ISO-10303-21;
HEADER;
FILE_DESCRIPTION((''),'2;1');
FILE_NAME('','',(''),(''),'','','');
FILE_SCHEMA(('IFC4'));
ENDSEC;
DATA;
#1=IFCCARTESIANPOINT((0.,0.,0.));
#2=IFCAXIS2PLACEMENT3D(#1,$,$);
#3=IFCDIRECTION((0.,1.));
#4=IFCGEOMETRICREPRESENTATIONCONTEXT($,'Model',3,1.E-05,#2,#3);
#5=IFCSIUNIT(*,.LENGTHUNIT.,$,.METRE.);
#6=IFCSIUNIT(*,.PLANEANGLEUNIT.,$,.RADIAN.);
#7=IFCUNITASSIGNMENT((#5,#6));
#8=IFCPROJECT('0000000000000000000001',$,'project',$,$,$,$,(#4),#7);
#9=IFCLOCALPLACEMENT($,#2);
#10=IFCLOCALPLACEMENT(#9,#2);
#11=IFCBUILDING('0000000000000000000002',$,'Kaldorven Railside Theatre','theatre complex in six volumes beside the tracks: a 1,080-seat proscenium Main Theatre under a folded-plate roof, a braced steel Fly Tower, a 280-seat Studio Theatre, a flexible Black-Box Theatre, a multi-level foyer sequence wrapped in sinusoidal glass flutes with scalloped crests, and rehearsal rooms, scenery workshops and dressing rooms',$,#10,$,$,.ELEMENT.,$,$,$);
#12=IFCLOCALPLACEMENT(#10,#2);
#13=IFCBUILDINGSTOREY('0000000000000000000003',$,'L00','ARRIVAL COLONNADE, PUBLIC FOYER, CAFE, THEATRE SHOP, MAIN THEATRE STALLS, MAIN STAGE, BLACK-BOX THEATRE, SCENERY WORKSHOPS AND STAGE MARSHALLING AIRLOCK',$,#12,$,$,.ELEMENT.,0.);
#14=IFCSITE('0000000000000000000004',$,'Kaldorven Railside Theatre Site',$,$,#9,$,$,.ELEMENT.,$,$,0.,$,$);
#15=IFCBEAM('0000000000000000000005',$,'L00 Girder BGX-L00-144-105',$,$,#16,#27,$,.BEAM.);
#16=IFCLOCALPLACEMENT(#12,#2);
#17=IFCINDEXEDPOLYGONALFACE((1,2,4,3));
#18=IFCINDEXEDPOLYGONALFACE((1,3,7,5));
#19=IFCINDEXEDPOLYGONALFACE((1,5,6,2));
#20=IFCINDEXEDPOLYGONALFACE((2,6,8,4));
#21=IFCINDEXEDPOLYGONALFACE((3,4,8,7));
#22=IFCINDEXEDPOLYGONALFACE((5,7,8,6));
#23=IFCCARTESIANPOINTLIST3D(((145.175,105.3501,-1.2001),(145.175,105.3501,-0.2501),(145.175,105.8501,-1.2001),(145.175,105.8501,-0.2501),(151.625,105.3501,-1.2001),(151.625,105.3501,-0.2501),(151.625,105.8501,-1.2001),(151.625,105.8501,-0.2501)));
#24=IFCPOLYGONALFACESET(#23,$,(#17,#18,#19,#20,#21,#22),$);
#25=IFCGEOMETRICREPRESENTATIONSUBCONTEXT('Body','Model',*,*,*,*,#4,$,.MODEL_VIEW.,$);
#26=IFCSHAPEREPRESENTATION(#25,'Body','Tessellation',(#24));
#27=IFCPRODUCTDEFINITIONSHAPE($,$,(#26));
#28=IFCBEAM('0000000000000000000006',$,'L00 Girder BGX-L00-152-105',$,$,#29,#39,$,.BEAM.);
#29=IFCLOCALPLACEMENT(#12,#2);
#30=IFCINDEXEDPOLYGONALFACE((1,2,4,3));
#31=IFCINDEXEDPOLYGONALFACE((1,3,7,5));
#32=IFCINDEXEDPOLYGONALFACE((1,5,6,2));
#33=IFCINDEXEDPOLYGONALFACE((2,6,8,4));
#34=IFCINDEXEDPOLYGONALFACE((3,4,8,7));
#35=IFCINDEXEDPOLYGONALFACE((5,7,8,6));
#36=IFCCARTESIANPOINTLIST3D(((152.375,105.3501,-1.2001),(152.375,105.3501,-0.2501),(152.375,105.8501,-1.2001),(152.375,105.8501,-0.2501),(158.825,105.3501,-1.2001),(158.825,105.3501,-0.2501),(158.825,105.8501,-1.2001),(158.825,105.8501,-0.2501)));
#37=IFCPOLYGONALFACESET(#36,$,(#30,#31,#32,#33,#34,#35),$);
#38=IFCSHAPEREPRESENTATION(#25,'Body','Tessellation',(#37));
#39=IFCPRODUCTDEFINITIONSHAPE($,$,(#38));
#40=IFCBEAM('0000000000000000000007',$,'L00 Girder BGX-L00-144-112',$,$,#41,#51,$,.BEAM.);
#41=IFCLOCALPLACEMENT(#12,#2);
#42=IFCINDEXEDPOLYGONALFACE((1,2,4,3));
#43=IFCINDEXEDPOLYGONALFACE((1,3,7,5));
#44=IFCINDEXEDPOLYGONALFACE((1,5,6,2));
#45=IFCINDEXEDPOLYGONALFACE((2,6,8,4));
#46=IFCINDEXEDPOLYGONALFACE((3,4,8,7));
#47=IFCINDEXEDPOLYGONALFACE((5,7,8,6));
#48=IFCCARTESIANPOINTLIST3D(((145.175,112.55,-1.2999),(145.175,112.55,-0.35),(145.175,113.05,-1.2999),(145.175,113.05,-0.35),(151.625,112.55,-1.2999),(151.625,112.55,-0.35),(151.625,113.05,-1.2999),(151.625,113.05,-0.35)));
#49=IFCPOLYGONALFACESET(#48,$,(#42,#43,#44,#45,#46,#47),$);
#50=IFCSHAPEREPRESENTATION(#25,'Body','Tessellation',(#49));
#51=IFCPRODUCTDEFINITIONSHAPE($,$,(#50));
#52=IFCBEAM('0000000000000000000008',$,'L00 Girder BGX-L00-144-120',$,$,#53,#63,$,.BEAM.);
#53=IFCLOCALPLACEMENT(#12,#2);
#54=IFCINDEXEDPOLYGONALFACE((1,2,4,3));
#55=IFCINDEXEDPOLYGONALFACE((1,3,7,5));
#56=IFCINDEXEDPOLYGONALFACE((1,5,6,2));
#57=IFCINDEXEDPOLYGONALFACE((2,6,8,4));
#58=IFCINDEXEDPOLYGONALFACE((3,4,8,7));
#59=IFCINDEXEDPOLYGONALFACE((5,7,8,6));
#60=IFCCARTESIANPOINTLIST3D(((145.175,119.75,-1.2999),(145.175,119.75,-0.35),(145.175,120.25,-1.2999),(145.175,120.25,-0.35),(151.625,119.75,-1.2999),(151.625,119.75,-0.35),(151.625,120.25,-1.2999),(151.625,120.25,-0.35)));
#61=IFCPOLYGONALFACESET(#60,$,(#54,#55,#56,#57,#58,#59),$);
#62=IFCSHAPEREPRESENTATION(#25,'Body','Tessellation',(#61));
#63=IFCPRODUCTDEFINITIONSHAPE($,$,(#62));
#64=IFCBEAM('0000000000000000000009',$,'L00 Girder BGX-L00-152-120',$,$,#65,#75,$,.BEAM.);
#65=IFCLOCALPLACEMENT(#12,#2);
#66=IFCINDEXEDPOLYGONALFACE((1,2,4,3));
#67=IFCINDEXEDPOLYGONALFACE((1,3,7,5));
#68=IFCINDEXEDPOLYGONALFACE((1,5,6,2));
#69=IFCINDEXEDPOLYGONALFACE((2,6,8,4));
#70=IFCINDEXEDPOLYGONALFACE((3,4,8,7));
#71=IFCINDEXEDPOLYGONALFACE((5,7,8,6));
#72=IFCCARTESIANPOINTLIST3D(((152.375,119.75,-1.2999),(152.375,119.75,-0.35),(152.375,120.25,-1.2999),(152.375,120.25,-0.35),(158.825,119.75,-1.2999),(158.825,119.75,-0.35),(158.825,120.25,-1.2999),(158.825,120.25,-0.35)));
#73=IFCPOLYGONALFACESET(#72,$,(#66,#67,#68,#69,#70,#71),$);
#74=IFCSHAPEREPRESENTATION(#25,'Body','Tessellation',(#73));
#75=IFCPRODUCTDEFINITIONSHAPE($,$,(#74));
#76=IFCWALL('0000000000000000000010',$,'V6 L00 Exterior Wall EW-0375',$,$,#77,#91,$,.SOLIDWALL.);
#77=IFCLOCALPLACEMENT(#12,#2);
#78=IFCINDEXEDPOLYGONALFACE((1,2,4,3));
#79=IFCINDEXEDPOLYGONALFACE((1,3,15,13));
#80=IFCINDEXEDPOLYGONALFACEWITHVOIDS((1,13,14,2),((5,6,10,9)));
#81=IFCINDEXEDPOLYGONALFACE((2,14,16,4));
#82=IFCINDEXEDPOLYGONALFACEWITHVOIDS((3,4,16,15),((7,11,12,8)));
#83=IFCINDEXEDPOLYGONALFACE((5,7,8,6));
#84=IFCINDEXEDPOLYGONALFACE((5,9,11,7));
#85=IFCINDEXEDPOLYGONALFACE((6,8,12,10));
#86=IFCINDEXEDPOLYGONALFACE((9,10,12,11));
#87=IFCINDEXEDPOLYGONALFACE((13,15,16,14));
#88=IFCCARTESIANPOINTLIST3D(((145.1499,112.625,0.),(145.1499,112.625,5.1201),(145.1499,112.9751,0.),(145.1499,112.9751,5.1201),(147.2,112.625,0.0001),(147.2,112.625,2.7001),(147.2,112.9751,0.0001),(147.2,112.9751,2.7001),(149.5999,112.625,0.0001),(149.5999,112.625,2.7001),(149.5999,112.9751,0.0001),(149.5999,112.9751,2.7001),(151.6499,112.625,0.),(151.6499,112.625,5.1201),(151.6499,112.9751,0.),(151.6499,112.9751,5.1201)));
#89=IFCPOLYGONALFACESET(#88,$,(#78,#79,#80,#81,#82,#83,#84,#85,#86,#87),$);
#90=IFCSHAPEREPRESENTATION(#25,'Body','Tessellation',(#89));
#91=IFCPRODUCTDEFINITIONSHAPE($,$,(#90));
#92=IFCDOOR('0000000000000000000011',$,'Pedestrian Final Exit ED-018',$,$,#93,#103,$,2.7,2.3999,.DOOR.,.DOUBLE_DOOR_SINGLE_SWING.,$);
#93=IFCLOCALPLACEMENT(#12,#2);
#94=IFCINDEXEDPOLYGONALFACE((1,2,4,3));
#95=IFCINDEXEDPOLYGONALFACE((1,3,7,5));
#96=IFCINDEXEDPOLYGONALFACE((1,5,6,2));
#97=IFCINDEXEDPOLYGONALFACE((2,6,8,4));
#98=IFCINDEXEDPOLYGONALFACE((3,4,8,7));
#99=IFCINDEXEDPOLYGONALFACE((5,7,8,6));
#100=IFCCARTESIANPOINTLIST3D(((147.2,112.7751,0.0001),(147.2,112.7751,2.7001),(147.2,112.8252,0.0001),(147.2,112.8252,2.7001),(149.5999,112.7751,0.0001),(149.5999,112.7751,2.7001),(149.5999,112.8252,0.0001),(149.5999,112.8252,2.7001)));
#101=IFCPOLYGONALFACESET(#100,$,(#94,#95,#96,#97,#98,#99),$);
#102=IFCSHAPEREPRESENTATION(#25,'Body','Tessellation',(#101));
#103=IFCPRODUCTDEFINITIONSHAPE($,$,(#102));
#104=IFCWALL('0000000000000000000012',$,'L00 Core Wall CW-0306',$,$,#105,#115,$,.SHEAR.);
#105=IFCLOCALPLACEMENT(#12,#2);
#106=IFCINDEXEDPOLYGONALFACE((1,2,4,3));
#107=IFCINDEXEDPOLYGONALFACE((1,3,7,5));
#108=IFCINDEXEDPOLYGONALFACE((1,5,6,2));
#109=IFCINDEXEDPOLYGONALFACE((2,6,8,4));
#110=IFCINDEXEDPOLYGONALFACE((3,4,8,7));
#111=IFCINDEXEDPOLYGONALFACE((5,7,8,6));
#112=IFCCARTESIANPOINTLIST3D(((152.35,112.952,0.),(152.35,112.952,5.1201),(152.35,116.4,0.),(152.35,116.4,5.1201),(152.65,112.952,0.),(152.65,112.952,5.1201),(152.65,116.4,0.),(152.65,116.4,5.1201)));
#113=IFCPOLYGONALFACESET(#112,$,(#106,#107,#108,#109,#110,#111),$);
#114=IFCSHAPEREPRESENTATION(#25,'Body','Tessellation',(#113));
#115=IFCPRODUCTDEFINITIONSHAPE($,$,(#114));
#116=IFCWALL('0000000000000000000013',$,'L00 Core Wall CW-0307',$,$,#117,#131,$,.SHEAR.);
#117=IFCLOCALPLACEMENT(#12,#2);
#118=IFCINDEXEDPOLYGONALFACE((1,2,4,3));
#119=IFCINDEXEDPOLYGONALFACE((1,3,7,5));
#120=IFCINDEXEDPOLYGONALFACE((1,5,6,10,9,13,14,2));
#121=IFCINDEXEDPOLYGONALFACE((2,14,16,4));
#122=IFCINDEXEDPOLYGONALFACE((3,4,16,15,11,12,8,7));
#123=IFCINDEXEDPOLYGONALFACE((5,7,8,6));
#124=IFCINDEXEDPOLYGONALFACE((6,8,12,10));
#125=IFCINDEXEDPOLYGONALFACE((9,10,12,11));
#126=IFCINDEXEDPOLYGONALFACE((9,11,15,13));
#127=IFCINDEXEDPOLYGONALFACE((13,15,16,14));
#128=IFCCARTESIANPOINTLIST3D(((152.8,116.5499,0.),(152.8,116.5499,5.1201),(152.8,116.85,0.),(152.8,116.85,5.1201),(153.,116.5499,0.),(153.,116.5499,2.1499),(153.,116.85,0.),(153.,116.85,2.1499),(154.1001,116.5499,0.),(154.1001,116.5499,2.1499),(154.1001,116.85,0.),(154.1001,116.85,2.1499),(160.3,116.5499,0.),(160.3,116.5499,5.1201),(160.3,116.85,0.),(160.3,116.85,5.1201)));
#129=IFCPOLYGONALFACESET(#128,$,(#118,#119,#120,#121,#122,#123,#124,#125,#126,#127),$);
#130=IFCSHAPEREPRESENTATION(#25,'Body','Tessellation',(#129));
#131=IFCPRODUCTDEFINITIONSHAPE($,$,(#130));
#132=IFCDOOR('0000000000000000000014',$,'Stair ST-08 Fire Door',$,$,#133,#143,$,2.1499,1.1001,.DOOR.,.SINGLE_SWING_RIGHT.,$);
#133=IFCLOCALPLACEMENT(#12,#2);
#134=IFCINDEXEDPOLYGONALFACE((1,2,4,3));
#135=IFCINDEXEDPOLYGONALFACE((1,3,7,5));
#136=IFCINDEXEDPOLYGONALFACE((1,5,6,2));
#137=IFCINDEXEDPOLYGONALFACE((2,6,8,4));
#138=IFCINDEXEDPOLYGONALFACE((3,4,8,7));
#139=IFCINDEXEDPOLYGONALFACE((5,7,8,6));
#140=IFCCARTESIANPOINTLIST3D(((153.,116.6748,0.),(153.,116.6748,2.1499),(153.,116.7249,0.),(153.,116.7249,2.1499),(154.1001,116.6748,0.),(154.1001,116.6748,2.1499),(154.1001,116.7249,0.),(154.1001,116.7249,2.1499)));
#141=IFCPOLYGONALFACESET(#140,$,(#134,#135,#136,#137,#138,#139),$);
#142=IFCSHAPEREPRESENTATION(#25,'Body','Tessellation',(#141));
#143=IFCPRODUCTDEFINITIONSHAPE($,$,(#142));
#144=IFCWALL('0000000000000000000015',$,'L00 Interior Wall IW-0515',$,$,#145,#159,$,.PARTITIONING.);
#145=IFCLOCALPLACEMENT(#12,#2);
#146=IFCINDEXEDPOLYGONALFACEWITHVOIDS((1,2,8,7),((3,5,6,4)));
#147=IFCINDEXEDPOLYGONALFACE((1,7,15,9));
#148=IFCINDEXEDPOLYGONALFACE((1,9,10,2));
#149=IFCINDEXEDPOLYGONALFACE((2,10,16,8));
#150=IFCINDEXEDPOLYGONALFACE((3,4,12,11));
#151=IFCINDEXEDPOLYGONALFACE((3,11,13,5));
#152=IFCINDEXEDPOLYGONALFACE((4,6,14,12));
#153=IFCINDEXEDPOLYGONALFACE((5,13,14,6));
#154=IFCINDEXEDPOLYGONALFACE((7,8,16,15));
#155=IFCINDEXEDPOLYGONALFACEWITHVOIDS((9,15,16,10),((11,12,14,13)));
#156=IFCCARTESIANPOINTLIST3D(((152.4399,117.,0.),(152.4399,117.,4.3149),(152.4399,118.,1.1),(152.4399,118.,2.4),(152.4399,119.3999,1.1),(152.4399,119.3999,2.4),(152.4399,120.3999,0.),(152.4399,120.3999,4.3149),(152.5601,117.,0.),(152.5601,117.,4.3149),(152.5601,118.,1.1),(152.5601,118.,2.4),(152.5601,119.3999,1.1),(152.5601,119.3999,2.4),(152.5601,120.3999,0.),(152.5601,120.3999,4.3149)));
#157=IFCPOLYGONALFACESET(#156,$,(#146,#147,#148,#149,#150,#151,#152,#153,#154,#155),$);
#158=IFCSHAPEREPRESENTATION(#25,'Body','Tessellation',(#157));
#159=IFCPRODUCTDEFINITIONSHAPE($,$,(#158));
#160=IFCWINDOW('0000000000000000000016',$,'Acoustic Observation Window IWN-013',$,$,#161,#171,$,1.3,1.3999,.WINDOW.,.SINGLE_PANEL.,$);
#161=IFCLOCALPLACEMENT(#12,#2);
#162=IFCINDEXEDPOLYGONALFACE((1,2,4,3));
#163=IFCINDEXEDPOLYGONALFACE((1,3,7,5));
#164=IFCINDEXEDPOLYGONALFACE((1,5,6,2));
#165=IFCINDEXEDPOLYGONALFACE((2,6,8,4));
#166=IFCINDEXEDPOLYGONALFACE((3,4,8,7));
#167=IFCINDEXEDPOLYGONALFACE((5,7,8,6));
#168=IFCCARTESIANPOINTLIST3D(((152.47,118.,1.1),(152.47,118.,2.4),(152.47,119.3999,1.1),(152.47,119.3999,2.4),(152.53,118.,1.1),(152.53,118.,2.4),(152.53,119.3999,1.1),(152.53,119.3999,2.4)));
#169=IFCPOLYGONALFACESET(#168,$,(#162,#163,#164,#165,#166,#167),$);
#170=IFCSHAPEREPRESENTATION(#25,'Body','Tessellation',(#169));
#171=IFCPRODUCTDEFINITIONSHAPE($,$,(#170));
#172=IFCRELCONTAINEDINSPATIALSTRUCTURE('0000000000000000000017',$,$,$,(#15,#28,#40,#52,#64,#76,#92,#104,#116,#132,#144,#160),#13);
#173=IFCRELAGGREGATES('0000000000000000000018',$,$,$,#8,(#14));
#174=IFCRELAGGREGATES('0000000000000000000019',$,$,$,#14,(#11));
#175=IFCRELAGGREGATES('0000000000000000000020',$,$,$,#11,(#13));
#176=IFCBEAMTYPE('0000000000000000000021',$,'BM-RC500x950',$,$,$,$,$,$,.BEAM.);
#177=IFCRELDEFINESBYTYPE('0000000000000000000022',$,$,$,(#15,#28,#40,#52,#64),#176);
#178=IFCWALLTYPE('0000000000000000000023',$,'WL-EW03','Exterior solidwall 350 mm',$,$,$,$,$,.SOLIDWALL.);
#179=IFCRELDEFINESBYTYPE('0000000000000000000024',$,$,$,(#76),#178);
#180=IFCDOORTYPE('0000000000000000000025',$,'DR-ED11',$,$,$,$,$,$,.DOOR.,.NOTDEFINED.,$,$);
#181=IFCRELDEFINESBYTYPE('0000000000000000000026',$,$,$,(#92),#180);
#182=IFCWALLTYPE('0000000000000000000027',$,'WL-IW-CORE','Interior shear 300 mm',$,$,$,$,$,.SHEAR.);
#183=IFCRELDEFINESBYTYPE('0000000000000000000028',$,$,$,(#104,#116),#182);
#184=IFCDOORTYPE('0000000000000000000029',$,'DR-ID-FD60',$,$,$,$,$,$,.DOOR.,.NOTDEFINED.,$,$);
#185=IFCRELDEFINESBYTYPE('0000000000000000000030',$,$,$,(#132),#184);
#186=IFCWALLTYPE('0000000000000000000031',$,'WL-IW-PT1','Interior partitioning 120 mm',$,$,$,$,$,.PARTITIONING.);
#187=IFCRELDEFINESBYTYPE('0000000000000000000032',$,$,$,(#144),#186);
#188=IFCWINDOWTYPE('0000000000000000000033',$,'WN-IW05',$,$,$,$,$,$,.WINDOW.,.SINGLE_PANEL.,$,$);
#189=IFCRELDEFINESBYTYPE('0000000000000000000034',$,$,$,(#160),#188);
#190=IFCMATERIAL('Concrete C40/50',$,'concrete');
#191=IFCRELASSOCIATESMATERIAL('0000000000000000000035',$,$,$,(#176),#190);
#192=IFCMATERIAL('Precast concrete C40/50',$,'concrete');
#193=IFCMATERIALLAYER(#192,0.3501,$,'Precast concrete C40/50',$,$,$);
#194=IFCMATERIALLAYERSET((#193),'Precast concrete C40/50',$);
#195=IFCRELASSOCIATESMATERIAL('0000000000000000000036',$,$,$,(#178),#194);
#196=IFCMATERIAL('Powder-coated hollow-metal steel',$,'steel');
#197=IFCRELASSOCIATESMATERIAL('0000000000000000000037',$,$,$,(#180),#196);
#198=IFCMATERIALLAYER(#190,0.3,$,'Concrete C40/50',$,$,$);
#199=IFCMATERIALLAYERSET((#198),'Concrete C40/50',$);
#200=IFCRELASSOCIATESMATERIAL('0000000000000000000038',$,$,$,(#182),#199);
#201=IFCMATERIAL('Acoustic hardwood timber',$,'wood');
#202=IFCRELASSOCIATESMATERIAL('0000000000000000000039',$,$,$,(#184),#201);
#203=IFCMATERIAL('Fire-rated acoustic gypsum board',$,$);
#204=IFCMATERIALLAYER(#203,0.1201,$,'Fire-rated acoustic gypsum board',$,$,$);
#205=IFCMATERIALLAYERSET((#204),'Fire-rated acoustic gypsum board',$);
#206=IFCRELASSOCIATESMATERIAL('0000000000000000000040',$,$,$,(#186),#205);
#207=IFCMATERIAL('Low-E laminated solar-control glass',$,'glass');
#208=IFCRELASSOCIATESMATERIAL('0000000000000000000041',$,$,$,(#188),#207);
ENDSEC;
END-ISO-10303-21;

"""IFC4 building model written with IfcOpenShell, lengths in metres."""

from ifc_helpers import new_model, si_unit, direction, frame, frame_2d, origin, origin_2d, place, context, subcontext, project, spatial, rectangle, extrude, material, layer, layer_set, material_profile, profile_set, type_object, element, fill, save


model = new_model("IFC4")

# Units and contexts
model_context = context("Model", 3, precision=1e-05, world=origin(), true_north=direction((0.0, 1.0)))
body_context = subcontext(model_context, "Body", "Model", "MODEL_VIEW")
ifc_project = project(units=[si_unit("LENGTHUNIT", "METRE"), si_unit("PLANEANGLEUNIT", "RADIAN")], contexts=[model_context])

# Site, building, storey
site_placement = place(None, origin())
site = spatial("IfcSite", under=ifc_project, at=site_placement, Name="Kaldorven Railside Theatre Site", CompositionType="ELEMENT", RefElevation=0.0)
building_placement = place(site_placement, origin())
building = spatial("IfcBuilding", under=site, at=building_placement, Name="Kaldorven Railside Theatre", Description="theatre complex in six volumes beside the tracks: a 1,080-seat proscenium Main Theatre under a folded-plate roof, a braced steel Fly Tower, a 280-seat Studio Theatre, a flexible Black-Box Theatre, a multi-level foyer sequence wrapped in sinusoidal glass flutes with scalloped crests, and rehearsal rooms, scenery workshops and dressing rooms", CompositionType="ELEMENT")
storey_placement = place(building_placement, origin())
storey = spatial("IfcBuildingStorey", under=building, at=storey_placement, Name="L00", Description="ARRIVAL COLONNADE, PUBLIC FOYER, CAFE, THEATRE SHOP, MAIN THEATRE STALLS, MAIN STAGE, BLACK-BOX THEATRE, SCENERY WORKSHOPS AND STAGE MARSHALLING AIRLOCK", CompositionType="ELEMENT", Elevation=0.0)

# Shared definitions
ifc_material_1 = material(Name="Concrete C40/50", Category="concrete")

# Beams
ifc_material_profile_1 = material_profile(ifc_material_1, rectangle(XDim=0.5, YDim=0.95, at=origin_2d()), Name="RC 500x950")
ifc_profile_set_1 = profile_set([ifc_material_profile_1], Name="Concrete C40/50")
beam_type_1 = type_object("IfcBeamType", Name="BM-RC500x950", PredefinedType="BEAM", material=ifc_profile_set_1)
for number, where, z_axis, x_axis, name in (
    (1, (145.175, 105.6001, -0.7251), (1.0, 0.0, 0.0), (0.0, 1.0, 0.0), "L00 Girder BGX-L00-144-105"),
    (2, (152.375, 105.6001, -0.7251), (1.0, 0.0, 0.0), (0.0, 1.0, 0.0), "L00 Girder BGX-L00-152-105"),
    (3, (145.175, 112.8, -0.825), (1.0, 0.0, 0.0), (0.0, 1.0, 0.0), "L00 Girder BGX-L00-144-112"),
    (4, (145.175, 120.0, -0.825), (1.0, 0.0, 0.0), (0.0, 1.0, 0.0), "L00 Girder BGX-L00-144-120"),
    (5, (152.375, 120.0, -0.825), (1.0, 0.0, 0.0), (0.0, 1.0, 0.0), "L00 Girder BGX-L00-152-120"),
):
    element("IfcBeam", number, at=place(storey_placement, frame(where, z_axis=z_axis, x_axis=x_axis)), inside=storey, type_object=beam_type_1, Name=name, PredefinedType="BEAM", context=body_context, shape_type="SweptSolid", body=[
        extrude(rectangle(XDim=0.5, YDim=0.95, at=origin_2d()), origin(), (0.0, 0.0, 1.0), 6.45),
    ])

# Wall, opening, door
ifc_material_2 = material(Name="Precast concrete C40/50", Category="concrete")
ifc_layer_1 = layer(ifc_material_2, 0.3501, Name="Precast concrete C40/50")
ifc_layer_set_1 = layer_set([ifc_layer_1], Name="Precast concrete C40/50")
wall_type_1 = type_object("IfcWallType", Name="WL-EW03", Description="Exterior solidwall 350 mm", PredefinedType="SOLIDWALL", material=ifc_layer_set_1)
wall_1_placement = place(storey_placement, frame((151.6499, 112.8, 0.0), z_axis=(0.0, 0.0, 1.0), x_axis=(-1.0, 0.0, 0.0)))
wall_1 = element("IfcWall", 6, at=wall_1_placement, inside=storey, type_object=wall_type_1, Name="V6 L00 Exterior Wall EW-0375", PredefinedType="SOLIDWALL", context=body_context, shape_type="SweptSolid", body=[
    extrude(rectangle(XDim=6.5, YDim=0.3501, at=frame_2d((3.25, 0.0))), origin(), (0.0, 0.0, 1.0), 5.1201),
])
opening_1_placement = place(wall_1_placement, frame((2.05, 0.0, 0.0)))
opening_1 = element("IfcOpeningElement", 7, at=opening_1_placement, cuts=wall_1, PredefinedType="OPENING", context=body_context, shape_type="SweptSolid", body=[
    extrude(rectangle(XDim=2.3999, YDim=2.7, at=frame_2d((1.2, 1.3501))), frame((0.0, 0.1851, 0.0), z_axis=(0.0, -1.0, 0.0), x_axis=(1.0, 0.0, 0.0)), (0.0, 0.0, 1.0), 0.3701),
])
ifc_material_3 = material(Name="Powder-coated hollow-metal steel", Category="steel")
door_type_1 = type_object("IfcDoorType", Name="DR-ED11", OperationType="NOTDEFINED", PredefinedType="DOOR", material=ifc_material_3)
door_1_placement = place(opening_1_placement, origin())
door_1 = element("IfcDoor", 8, at=door_1_placement, inside=storey, type_object=door_type_1, Name="Pedestrian Final Exit ED-018", OperationType="DOUBLE_DOOR_SINGLE_SWING", OverallHeight=2.7, OverallWidth=2.3999, PredefinedType="DOOR", context=body_context, shape_type="SweptSolid", body=[
    extrude(rectangle(XDim=2.3999, YDim=2.7, at=frame_2d((1.2, 1.3501))), frame((0.0, 0.0249, 0.0), z_axis=(0.0, -1.0, 0.0), x_axis=(1.0, 0.0, 0.0)), (0.0, 0.0, 1.0), 0.05),
])
fill(opening_1, door_1)

# Wall
ifc_layer_2 = layer(ifc_material_1, 0.3, Name="Concrete C40/50")
ifc_layer_set_2 = layer_set([ifc_layer_2], Name="Concrete C40/50")
wall_type_2 = type_object("IfcWallType", Name="WL-IW-CORE", Description="Interior shear 300 mm", PredefinedType="SHEAR", material=ifc_layer_set_2)
wall_2_placement = place(storey_placement, frame((152.5, 112.9519, 0.0), z_axis=(0.0, 0.0, 1.0), x_axis=(0.0, 1.0, 0.0)))
element("IfcWall", 9, at=wall_2_placement, inside=storey, type_object=wall_type_2, Name="L00 Core Wall CW-0306", PredefinedType="SHEAR", context=body_context, shape_type="SweptSolid", body=[
    extrude(rectangle(XDim=3.448, YDim=0.3, at=frame_2d((1.7241, 0.0))), origin(), (0.0, 0.0, 1.0), 5.1201),
])

# Wall, opening, door
wall_3_placement = place(storey_placement, frame((152.8, 116.7, 0.0), z_axis=(0.0, 0.0, 1.0), x_axis=(1.0, 0.0, 0.0)))
wall_3 = element("IfcWall", 10, at=wall_3_placement, inside=storey, type_object=wall_type_2, Name="L00 Core Wall CW-0307", PredefinedType="SHEAR", context=body_context, shape_type="SweptSolid", body=[
    extrude(rectangle(XDim=7.5, YDim=0.3, at=frame_2d((3.75, 0.0))), origin(), (0.0, 0.0, 1.0), 5.1201),
])
opening_2_placement = place(wall_3_placement, frame((0.2, 0.0, 0.0)))
opening_2 = element("IfcOpeningElement", 11, at=opening_2_placement, cuts=wall_3, PredefinedType="OPENING", context=body_context, shape_type="SweptSolid", body=[
    extrude(rectangle(XDim=1.1001, YDim=2.1499, at=frame_2d((0.55, 1.075))), frame((0.0, 0.1602, 0.0), z_axis=(0.0, -1.0, 0.0), x_axis=(1.0, 0.0, 0.0)), (0.0, 0.0, 1.0), 0.3201),
])
ifc_material_4 = material(Name="Acoustic hardwood timber", Category="wood")
door_type_2 = type_object("IfcDoorType", Name="DR-ID-FD60", OperationType="NOTDEFINED", PredefinedType="DOOR", material=ifc_material_4)
door_2_placement = place(opening_2_placement, origin())
door_2 = element("IfcDoor", 12, at=door_2_placement, inside=storey, type_object=door_type_2, Name="Stair ST-08 Fire Door", OperationType="SINGLE_SWING_RIGHT", OverallHeight=2.1499, OverallWidth=1.1001, PredefinedType="DOOR", context=body_context, shape_type="SweptSolid", body=[
    extrude(rectangle(XDim=1.1001, YDim=2.1499, at=frame_2d((0.55, 1.075))), frame((0.0, 0.0249, 0.0), z_axis=(0.0, -1.0, 0.0), x_axis=(1.0, 0.0, 0.0)), (0.0, 0.0, 1.0), 0.05),
])
fill(opening_2, door_2)

# Wall, opening, window
ifc_material_5 = material(Name="Fire-rated acoustic gypsum board")
ifc_layer_3 = layer(ifc_material_5, 0.1201, Name="Fire-rated acoustic gypsum board")
ifc_layer_set_3 = layer_set([ifc_layer_3], Name="Fire-rated acoustic gypsum board")
wall_type_3 = type_object("IfcWallType", Name="WL-IW-PT1", Description="Interior partitioning 120 mm", PredefinedType="PARTITIONING", material=ifc_layer_set_3)
wall_4_placement = place(storey_placement, frame((152.5, 117.0, 0.0), z_axis=(0.0, 0.0, 1.0), x_axis=(0.0, 1.0, 0.0)))
wall_4 = element("IfcWall", 13, at=wall_4_placement, inside=storey, type_object=wall_type_3, Name="L00 Interior Wall IW-0515", PredefinedType="PARTITIONING", context=body_context, shape_type="SweptSolid", body=[
    extrude(rectangle(XDim=3.3999, YDim=0.1201, at=frame_2d((1.7, 0.0))), origin(), (0.0, 0.0, 1.0), 4.3149),
])
opening_3_placement = place(wall_4_placement, frame((1.0, 0.0, 1.1001)))
opening_3 = element("IfcOpeningElement", 14, at=opening_3_placement, cuts=wall_4, PredefinedType="OPENING", context=body_context, shape_type="SweptSolid", body=[
    extrude(rectangle(XDim=1.3999, YDim=1.3, at=frame_2d((0.7, 0.6499))), frame((0.0, 0.0701, 0.0), z_axis=(0.0, -1.0, 0.0), x_axis=(1.0, 0.0, 0.0)), (0.0, 0.0, 1.0), 0.1401),
])
ifc_material_6 = material(Name="Low-E laminated solar-control glass", Category="glass")
window_type = type_object("IfcWindowType", Name="WN-IW05", PartitioningType="SINGLE_PANEL", PredefinedType="WINDOW", material=ifc_material_6)
window_placement = place(opening_3_placement, origin())
window = element("IfcWindow", 15, at=window_placement, inside=storey, type_object=window_type, Name="Acoustic Observation Window IWN-013", OverallHeight=1.3, OverallWidth=1.3999, PartitioningType="SINGLE_PANEL", PredefinedType="WINDOW", context=body_context, shape_type="SweptSolid", body=[
    extrude(rectangle(XDim=1.3999, YDim=1.3, at=frame_2d((0.7, 0.6499))), frame((0.0, 0.03, 0.0), z_axis=(0.0, -1.0, 0.0), x_axis=(1.0, 0.0, 0.0)), (0.0, 0.0, 1.0), 0.0601),
])
fill(opening_3, window)

save(model, "model.ifc")
